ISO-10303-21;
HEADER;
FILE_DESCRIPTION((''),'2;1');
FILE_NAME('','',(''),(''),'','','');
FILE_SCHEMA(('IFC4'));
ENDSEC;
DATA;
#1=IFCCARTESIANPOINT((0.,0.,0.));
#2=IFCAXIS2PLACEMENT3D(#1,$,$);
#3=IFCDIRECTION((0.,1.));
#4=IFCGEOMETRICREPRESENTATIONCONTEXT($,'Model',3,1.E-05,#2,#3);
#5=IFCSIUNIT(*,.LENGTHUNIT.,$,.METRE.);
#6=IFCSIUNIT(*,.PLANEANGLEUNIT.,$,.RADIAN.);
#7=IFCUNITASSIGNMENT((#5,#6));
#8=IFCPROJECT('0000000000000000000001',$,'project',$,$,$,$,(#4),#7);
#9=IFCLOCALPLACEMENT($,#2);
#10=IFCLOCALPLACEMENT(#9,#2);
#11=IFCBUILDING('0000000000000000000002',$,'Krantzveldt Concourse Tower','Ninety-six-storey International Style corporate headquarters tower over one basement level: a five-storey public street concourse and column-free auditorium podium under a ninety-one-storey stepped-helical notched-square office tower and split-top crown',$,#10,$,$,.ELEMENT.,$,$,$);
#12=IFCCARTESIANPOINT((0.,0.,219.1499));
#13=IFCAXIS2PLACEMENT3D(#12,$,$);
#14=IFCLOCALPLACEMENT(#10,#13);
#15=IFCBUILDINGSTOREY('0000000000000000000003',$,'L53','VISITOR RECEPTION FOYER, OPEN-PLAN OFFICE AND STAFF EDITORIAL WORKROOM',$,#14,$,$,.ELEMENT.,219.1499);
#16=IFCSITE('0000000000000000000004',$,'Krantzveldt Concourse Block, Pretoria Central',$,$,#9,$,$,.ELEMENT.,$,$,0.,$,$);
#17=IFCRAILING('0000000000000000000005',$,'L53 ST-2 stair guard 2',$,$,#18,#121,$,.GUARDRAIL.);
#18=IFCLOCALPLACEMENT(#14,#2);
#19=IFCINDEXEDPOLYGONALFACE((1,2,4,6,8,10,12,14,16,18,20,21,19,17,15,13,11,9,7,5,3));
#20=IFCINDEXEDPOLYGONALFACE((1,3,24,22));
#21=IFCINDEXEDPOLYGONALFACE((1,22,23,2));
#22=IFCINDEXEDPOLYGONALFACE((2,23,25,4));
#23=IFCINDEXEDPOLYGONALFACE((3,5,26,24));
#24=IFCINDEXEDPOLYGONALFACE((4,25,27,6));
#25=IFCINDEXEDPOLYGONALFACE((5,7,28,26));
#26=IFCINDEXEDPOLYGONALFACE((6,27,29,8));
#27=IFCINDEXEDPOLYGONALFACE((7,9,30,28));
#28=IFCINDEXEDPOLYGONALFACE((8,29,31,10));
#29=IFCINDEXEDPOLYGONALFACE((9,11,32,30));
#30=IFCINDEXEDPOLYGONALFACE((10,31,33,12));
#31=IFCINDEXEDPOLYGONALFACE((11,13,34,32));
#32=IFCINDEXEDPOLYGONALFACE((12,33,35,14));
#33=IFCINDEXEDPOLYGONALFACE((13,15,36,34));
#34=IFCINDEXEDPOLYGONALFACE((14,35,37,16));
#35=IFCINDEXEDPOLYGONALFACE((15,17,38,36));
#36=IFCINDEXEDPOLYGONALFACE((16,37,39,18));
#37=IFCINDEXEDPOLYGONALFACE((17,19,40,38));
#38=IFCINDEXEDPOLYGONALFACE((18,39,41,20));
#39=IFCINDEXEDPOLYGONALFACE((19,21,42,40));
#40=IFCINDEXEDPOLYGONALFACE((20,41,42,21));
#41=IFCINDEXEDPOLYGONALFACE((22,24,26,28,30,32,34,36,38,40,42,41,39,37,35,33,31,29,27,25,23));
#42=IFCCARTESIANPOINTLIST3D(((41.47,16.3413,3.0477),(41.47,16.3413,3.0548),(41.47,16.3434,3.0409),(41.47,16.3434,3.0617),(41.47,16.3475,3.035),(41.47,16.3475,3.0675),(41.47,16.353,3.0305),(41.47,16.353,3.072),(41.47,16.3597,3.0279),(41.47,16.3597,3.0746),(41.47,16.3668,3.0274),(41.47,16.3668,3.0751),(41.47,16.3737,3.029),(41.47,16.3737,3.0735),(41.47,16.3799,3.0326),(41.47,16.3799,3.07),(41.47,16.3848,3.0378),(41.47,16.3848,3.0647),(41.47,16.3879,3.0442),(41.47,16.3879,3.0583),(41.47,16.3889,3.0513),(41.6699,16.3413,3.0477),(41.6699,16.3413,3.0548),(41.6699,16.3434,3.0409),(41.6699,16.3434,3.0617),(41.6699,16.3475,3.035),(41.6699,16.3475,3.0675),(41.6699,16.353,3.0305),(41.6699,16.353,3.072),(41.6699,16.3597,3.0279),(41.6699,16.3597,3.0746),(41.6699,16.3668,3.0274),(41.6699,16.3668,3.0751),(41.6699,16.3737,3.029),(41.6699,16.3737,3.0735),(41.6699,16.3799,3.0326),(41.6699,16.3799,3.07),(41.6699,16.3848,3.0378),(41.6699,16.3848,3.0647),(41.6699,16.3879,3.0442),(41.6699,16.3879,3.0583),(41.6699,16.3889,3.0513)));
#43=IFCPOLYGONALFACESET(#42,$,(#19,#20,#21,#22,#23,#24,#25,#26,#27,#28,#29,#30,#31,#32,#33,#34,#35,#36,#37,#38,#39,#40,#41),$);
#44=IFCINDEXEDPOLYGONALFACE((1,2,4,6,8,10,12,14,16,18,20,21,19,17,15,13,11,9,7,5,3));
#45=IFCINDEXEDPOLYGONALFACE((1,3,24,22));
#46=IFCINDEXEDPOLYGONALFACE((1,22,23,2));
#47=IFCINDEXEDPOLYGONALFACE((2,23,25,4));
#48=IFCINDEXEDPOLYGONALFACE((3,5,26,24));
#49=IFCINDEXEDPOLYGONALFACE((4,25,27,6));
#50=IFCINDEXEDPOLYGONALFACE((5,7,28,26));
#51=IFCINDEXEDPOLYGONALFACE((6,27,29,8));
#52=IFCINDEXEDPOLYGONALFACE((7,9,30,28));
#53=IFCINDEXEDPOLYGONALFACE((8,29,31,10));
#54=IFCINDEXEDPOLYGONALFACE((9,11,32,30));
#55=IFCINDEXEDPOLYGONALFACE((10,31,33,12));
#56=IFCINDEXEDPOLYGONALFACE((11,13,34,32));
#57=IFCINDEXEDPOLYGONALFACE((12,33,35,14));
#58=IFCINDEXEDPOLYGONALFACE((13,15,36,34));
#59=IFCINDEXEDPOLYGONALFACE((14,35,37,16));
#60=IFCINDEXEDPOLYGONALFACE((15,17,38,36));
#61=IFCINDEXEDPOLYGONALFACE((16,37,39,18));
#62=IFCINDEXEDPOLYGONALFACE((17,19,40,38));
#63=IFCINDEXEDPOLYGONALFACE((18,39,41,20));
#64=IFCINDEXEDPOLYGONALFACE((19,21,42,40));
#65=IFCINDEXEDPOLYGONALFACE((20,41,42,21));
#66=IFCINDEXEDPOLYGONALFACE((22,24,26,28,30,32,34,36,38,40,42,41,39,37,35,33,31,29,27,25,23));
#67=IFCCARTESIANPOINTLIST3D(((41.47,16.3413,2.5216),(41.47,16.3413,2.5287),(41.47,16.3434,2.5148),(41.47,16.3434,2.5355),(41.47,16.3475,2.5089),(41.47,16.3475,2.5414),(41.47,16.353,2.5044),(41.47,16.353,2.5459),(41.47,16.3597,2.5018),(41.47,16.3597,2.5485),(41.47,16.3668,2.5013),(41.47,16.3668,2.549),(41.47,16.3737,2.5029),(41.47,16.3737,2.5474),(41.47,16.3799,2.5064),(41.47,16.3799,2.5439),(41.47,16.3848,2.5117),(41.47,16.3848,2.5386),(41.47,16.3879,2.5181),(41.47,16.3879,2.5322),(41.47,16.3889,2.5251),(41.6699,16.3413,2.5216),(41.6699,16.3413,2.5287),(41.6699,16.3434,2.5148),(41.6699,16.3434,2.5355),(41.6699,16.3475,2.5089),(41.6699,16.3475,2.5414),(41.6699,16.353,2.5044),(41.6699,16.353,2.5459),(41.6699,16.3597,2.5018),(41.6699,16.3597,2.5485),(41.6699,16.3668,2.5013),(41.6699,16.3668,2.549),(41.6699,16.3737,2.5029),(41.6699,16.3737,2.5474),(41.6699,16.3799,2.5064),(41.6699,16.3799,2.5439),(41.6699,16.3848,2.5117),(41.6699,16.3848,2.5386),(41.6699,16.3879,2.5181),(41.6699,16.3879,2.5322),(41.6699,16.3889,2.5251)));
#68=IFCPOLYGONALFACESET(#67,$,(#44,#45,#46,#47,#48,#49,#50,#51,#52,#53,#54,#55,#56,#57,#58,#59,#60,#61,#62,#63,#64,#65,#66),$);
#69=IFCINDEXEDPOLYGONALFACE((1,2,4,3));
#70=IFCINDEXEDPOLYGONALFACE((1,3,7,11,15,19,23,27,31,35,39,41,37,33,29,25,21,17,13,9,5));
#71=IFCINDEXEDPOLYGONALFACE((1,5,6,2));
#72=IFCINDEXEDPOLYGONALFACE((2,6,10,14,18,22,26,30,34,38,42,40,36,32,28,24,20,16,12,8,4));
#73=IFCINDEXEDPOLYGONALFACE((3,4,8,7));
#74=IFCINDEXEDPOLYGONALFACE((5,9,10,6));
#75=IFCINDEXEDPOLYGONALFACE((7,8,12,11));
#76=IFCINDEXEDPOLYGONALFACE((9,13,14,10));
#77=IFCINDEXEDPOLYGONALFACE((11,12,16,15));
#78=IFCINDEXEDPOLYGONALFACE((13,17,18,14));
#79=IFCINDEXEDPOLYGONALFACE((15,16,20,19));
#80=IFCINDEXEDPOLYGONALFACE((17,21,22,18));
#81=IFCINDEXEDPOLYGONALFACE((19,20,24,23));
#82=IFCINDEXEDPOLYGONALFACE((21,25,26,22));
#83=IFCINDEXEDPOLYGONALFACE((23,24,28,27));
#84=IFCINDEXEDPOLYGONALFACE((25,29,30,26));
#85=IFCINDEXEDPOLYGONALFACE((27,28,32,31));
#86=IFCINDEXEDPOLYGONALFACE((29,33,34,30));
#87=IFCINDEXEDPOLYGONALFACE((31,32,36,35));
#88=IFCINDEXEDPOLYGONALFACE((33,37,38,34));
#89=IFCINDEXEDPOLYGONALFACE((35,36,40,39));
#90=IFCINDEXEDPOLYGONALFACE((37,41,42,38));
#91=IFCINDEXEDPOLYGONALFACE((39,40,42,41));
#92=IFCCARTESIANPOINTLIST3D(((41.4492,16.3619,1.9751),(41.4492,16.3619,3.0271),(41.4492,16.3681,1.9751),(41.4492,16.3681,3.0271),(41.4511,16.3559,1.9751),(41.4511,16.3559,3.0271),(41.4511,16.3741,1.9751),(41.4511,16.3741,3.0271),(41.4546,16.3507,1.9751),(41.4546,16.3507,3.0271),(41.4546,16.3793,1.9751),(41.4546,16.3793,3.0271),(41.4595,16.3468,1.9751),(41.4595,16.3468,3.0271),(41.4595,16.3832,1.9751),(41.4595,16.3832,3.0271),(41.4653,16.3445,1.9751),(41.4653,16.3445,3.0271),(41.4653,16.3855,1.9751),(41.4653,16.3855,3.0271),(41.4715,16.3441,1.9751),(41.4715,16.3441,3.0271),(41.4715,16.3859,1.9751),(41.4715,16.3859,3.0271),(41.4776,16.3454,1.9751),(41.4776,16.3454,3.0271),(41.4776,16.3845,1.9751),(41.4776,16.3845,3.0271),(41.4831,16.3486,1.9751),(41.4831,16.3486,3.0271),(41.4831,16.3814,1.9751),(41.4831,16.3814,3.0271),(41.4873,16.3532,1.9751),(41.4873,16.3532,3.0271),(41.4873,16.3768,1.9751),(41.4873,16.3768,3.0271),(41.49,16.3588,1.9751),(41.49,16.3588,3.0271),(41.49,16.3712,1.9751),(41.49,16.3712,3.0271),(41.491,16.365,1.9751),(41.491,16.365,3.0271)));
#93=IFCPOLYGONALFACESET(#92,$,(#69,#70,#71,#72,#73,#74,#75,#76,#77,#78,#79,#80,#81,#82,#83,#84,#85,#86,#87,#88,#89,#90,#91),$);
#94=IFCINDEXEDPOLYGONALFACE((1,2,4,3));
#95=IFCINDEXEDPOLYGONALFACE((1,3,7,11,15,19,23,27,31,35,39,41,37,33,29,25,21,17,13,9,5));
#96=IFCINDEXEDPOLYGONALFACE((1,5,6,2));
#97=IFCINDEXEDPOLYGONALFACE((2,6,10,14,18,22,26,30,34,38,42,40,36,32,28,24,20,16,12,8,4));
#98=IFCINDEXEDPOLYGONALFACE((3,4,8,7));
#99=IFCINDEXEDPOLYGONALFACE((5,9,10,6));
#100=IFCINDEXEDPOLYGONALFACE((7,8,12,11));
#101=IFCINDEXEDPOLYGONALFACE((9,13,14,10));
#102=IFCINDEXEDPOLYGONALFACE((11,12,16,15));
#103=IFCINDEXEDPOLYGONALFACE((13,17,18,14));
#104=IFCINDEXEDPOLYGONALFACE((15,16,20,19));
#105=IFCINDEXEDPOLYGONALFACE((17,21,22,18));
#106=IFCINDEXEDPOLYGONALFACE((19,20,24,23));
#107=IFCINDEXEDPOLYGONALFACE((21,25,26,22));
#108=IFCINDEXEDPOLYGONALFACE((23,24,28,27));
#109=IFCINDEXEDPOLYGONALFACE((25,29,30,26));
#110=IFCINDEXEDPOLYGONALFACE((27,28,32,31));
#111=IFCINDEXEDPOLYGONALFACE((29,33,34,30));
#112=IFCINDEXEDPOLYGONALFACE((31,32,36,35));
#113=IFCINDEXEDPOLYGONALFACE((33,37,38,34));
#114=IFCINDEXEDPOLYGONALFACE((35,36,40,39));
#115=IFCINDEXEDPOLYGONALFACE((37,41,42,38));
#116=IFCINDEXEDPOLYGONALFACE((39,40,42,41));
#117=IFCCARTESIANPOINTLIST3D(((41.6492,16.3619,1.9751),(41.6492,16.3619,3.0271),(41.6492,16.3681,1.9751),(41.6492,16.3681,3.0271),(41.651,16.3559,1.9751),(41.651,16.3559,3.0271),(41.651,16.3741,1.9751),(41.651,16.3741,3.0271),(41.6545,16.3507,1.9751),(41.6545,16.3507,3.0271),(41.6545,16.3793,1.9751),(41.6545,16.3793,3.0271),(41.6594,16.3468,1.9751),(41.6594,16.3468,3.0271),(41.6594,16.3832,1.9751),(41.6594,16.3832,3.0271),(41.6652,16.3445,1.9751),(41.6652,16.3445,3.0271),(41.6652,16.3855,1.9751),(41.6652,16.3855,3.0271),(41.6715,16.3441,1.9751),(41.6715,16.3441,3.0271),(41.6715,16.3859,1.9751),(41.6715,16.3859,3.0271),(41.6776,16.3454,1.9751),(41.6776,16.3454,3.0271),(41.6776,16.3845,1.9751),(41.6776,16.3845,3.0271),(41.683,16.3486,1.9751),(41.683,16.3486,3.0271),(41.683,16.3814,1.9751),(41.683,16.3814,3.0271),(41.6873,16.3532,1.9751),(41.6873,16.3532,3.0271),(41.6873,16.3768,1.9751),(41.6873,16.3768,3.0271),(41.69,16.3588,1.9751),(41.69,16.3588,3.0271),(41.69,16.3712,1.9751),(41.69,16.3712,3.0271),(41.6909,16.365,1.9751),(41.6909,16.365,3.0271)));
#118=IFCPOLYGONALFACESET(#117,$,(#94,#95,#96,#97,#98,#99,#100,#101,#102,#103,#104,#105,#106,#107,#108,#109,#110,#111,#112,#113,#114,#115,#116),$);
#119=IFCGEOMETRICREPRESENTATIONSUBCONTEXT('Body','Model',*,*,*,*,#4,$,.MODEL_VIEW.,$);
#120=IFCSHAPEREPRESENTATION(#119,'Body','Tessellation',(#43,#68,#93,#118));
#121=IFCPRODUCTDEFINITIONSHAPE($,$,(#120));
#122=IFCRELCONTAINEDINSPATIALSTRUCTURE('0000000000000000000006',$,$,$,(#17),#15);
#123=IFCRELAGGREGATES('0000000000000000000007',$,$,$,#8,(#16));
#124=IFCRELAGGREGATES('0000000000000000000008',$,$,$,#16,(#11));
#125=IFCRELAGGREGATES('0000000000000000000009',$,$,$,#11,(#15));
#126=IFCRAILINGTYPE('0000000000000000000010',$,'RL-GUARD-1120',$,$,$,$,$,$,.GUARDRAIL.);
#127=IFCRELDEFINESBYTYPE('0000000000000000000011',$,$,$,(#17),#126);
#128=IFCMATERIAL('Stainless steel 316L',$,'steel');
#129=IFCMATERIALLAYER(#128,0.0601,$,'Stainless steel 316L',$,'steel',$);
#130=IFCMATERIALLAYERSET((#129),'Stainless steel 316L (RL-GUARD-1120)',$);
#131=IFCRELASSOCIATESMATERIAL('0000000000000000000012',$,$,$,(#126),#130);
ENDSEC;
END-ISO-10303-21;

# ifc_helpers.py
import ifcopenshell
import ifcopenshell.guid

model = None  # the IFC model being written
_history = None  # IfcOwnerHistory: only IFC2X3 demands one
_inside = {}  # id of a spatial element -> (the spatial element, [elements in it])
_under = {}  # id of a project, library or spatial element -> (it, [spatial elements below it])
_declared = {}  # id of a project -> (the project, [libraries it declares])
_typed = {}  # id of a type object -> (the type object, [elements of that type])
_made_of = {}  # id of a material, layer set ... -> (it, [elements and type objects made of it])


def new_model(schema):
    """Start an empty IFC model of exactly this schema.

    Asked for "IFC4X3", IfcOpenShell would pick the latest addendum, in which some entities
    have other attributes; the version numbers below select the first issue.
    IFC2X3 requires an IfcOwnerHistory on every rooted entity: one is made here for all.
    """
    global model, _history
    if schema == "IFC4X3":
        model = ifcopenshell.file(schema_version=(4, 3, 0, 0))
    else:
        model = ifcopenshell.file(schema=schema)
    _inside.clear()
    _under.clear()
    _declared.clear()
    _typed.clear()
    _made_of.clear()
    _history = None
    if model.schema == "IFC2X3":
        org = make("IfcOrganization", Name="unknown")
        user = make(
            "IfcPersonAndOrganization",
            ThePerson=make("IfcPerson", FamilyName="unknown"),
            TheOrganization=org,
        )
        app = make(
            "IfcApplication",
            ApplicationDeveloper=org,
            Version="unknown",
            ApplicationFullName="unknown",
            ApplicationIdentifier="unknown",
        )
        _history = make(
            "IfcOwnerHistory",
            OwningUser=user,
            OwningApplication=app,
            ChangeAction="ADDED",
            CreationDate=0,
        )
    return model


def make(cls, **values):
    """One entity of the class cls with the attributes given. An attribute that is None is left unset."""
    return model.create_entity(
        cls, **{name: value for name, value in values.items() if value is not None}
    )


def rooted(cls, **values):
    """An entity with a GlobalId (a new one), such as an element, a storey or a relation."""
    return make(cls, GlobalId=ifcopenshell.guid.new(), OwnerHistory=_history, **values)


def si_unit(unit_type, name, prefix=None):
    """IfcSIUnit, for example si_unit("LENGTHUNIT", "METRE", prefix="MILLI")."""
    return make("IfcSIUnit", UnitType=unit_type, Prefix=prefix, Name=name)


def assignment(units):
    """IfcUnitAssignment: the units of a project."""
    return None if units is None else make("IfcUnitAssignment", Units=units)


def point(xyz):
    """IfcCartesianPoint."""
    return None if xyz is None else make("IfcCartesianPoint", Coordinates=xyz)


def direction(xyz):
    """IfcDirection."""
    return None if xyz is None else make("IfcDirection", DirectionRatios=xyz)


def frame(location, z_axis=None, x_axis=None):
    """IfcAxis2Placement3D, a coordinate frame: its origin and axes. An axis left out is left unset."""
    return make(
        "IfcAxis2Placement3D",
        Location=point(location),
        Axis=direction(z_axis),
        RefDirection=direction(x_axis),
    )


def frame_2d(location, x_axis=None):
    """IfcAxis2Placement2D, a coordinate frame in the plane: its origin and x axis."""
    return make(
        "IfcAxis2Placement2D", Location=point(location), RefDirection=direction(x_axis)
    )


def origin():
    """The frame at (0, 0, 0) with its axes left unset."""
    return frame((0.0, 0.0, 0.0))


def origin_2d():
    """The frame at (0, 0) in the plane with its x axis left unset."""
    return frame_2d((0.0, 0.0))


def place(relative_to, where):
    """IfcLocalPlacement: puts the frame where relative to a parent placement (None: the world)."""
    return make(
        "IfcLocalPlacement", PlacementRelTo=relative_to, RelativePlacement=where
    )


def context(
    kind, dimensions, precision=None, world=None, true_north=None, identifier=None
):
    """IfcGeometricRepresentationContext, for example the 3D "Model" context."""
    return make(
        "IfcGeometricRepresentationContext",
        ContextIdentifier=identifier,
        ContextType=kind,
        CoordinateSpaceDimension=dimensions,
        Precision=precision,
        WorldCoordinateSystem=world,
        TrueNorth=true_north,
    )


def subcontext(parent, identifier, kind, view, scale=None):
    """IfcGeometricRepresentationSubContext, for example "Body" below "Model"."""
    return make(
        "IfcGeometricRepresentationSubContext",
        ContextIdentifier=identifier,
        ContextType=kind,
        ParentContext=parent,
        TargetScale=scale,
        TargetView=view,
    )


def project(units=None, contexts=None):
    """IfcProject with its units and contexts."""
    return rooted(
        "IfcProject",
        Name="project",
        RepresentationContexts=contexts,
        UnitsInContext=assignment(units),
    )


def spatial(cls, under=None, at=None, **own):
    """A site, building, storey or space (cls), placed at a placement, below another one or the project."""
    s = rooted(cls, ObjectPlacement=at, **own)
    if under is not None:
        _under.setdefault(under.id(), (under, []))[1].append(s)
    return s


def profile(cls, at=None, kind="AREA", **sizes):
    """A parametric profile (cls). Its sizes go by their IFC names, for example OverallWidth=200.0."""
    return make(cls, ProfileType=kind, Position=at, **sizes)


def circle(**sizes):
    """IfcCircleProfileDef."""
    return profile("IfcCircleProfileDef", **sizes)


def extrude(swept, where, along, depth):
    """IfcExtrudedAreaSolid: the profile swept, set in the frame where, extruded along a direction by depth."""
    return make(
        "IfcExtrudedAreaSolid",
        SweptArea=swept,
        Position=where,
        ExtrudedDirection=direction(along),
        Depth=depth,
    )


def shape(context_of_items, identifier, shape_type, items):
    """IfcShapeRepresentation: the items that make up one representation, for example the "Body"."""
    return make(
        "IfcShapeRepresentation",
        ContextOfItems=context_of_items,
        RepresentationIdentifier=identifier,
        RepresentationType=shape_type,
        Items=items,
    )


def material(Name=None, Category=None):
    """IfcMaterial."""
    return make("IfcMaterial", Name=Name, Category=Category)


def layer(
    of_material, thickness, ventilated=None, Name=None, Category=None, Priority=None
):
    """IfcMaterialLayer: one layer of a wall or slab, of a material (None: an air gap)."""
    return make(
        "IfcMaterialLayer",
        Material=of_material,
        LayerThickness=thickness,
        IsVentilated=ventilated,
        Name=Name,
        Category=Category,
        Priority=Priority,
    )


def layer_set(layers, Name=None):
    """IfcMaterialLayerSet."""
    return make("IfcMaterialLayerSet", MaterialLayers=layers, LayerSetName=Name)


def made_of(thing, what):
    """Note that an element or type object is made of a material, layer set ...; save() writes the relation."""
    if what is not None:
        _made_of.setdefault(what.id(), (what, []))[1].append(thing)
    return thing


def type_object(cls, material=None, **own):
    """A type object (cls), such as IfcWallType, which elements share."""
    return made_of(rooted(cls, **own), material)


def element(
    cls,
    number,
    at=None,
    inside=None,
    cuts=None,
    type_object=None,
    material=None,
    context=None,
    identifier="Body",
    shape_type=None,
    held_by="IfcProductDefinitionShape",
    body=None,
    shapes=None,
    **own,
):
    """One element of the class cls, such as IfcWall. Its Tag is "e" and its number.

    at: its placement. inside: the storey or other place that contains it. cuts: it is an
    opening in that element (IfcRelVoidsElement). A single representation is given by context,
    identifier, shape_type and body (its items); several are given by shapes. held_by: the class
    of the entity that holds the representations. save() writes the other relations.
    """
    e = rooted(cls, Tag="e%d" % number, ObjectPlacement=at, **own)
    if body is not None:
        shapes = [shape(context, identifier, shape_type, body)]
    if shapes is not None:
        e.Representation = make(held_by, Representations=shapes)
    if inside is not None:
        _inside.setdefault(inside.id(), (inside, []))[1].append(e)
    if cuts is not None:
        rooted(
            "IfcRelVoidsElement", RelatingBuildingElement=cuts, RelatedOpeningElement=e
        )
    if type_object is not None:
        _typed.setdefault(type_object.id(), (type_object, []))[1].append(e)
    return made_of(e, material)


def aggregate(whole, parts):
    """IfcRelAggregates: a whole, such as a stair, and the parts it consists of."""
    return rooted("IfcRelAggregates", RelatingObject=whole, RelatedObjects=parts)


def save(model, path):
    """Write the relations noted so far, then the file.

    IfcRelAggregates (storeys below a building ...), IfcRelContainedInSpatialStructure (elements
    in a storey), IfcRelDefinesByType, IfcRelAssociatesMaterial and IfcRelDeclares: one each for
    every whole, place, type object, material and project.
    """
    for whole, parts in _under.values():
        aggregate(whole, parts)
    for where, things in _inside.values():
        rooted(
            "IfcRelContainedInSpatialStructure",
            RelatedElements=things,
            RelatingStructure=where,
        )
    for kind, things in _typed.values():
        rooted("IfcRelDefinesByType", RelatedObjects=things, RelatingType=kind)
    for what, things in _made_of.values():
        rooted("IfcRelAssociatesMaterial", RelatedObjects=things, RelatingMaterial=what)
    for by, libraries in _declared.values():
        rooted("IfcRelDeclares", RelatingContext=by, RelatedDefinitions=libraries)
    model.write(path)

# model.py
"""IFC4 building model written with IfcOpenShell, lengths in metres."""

from ifc_helpers import new_model, si_unit, direction, frame, origin, origin_2d, place, context, subcontext, project, spatial, circle, extrude, material, layer, layer_set, type_object, element, save


model = new_model("IFC4")

# Units and contexts
model_context = context("Model", 3, precision=1e-05, world=origin(), true_north=direction((0.0, 1.0)))
body_context = subcontext(model_context, "Body", "Model", "MODEL_VIEW")
ifc_project = project(units=[si_unit("LENGTHUNIT", "METRE"), si_unit("PLANEANGLEUNIT", "RADIAN")], contexts=[model_context])

# Site, building, storey
site_placement = place(None, origin())
site = spatial("IfcSite", under=ifc_project, at=site_placement, Name="Krantzveldt Concourse Block, Pretoria Central", CompositionType="ELEMENT", RefElevation=0.0)
building_placement = place(site_placement, origin())
building = spatial("IfcBuilding", under=site, at=building_placement, Name="Krantzveldt Concourse Tower", Description="Ninety-six-storey International Style corporate headquarters tower over one basement level: a five-storey public street concourse and column-free auditorium podium under a ninety-one-storey stepped-helical notched-square office tower and split-top crown", CompositionType="ELEMENT")
storey_placement = place(building_placement, frame((0.0, 0.0, 219.1499)))
storey = spatial("IfcBuildingStorey", under=building, at=storey_placement, Name="L53", Description="VISITOR RECEPTION FOYER, OPEN-PLAN OFFICE AND STAFF EDITORIAL WORKROOM", CompositionType="ELEMENT", Elevation=219.1499)

# Shared definitions
ifc_material_1 = material(Name="Stainless steel 316L", Category="steel")

# Railing
ifc_layer_1 = layer(ifc_material_1, 0.0601, Name="Stainless steel 316L", Category="steel")
ifc_layer_set_1 = layer_set([ifc_layer_1], Name="Stainless steel 316L (RL-GUARD-1120)")
railing_type_1 = type_object("IfcRailingType", Name="RL-GUARD-1120", PredefinedType="GUARDRAIL", material=ifc_layer_set_1)
railing_1_placement = place(storey_placement, frame((41.47, 16.365, 1.9751)))
element("IfcRailing", 1, at=railing_1_placement, inside=storey, type_object=railing_type_1, Name="L53 ST-2 stair guard 2", PredefinedType="GUARDRAIL", context=body_context, shape_type="SweptSolid", body=[
    extrude(circle(Radius=0.0239, at=origin_2d()), frame((0.0, 0.0, 1.0762), z_axis=(1.0, 0.0, 0.0), x_axis=(0.0, 1.0, 0.0)), (0.0, 0.0, 1.0), 0.2),
    extrude(circle(Radius=0.0239, at=origin_2d()), frame((0.0, 0.0, 0.55), z_axis=(1.0, 0.0, 0.0), x_axis=(0.0, 1.0, 0.0)), (0.0, 0.0, 1.0), 0.2),
    extrude(circle(Radius=0.021, at=origin_2d()), origin(), (0.0, 0.0, 1.0), 1.052),
    extrude(circle(Radius=0.021, at=origin_2d()), frame((0.2, 0.0, 0.0)), (0.0, 0.0, 1.0), 1.052),
])

save(model, "model.ifc")
